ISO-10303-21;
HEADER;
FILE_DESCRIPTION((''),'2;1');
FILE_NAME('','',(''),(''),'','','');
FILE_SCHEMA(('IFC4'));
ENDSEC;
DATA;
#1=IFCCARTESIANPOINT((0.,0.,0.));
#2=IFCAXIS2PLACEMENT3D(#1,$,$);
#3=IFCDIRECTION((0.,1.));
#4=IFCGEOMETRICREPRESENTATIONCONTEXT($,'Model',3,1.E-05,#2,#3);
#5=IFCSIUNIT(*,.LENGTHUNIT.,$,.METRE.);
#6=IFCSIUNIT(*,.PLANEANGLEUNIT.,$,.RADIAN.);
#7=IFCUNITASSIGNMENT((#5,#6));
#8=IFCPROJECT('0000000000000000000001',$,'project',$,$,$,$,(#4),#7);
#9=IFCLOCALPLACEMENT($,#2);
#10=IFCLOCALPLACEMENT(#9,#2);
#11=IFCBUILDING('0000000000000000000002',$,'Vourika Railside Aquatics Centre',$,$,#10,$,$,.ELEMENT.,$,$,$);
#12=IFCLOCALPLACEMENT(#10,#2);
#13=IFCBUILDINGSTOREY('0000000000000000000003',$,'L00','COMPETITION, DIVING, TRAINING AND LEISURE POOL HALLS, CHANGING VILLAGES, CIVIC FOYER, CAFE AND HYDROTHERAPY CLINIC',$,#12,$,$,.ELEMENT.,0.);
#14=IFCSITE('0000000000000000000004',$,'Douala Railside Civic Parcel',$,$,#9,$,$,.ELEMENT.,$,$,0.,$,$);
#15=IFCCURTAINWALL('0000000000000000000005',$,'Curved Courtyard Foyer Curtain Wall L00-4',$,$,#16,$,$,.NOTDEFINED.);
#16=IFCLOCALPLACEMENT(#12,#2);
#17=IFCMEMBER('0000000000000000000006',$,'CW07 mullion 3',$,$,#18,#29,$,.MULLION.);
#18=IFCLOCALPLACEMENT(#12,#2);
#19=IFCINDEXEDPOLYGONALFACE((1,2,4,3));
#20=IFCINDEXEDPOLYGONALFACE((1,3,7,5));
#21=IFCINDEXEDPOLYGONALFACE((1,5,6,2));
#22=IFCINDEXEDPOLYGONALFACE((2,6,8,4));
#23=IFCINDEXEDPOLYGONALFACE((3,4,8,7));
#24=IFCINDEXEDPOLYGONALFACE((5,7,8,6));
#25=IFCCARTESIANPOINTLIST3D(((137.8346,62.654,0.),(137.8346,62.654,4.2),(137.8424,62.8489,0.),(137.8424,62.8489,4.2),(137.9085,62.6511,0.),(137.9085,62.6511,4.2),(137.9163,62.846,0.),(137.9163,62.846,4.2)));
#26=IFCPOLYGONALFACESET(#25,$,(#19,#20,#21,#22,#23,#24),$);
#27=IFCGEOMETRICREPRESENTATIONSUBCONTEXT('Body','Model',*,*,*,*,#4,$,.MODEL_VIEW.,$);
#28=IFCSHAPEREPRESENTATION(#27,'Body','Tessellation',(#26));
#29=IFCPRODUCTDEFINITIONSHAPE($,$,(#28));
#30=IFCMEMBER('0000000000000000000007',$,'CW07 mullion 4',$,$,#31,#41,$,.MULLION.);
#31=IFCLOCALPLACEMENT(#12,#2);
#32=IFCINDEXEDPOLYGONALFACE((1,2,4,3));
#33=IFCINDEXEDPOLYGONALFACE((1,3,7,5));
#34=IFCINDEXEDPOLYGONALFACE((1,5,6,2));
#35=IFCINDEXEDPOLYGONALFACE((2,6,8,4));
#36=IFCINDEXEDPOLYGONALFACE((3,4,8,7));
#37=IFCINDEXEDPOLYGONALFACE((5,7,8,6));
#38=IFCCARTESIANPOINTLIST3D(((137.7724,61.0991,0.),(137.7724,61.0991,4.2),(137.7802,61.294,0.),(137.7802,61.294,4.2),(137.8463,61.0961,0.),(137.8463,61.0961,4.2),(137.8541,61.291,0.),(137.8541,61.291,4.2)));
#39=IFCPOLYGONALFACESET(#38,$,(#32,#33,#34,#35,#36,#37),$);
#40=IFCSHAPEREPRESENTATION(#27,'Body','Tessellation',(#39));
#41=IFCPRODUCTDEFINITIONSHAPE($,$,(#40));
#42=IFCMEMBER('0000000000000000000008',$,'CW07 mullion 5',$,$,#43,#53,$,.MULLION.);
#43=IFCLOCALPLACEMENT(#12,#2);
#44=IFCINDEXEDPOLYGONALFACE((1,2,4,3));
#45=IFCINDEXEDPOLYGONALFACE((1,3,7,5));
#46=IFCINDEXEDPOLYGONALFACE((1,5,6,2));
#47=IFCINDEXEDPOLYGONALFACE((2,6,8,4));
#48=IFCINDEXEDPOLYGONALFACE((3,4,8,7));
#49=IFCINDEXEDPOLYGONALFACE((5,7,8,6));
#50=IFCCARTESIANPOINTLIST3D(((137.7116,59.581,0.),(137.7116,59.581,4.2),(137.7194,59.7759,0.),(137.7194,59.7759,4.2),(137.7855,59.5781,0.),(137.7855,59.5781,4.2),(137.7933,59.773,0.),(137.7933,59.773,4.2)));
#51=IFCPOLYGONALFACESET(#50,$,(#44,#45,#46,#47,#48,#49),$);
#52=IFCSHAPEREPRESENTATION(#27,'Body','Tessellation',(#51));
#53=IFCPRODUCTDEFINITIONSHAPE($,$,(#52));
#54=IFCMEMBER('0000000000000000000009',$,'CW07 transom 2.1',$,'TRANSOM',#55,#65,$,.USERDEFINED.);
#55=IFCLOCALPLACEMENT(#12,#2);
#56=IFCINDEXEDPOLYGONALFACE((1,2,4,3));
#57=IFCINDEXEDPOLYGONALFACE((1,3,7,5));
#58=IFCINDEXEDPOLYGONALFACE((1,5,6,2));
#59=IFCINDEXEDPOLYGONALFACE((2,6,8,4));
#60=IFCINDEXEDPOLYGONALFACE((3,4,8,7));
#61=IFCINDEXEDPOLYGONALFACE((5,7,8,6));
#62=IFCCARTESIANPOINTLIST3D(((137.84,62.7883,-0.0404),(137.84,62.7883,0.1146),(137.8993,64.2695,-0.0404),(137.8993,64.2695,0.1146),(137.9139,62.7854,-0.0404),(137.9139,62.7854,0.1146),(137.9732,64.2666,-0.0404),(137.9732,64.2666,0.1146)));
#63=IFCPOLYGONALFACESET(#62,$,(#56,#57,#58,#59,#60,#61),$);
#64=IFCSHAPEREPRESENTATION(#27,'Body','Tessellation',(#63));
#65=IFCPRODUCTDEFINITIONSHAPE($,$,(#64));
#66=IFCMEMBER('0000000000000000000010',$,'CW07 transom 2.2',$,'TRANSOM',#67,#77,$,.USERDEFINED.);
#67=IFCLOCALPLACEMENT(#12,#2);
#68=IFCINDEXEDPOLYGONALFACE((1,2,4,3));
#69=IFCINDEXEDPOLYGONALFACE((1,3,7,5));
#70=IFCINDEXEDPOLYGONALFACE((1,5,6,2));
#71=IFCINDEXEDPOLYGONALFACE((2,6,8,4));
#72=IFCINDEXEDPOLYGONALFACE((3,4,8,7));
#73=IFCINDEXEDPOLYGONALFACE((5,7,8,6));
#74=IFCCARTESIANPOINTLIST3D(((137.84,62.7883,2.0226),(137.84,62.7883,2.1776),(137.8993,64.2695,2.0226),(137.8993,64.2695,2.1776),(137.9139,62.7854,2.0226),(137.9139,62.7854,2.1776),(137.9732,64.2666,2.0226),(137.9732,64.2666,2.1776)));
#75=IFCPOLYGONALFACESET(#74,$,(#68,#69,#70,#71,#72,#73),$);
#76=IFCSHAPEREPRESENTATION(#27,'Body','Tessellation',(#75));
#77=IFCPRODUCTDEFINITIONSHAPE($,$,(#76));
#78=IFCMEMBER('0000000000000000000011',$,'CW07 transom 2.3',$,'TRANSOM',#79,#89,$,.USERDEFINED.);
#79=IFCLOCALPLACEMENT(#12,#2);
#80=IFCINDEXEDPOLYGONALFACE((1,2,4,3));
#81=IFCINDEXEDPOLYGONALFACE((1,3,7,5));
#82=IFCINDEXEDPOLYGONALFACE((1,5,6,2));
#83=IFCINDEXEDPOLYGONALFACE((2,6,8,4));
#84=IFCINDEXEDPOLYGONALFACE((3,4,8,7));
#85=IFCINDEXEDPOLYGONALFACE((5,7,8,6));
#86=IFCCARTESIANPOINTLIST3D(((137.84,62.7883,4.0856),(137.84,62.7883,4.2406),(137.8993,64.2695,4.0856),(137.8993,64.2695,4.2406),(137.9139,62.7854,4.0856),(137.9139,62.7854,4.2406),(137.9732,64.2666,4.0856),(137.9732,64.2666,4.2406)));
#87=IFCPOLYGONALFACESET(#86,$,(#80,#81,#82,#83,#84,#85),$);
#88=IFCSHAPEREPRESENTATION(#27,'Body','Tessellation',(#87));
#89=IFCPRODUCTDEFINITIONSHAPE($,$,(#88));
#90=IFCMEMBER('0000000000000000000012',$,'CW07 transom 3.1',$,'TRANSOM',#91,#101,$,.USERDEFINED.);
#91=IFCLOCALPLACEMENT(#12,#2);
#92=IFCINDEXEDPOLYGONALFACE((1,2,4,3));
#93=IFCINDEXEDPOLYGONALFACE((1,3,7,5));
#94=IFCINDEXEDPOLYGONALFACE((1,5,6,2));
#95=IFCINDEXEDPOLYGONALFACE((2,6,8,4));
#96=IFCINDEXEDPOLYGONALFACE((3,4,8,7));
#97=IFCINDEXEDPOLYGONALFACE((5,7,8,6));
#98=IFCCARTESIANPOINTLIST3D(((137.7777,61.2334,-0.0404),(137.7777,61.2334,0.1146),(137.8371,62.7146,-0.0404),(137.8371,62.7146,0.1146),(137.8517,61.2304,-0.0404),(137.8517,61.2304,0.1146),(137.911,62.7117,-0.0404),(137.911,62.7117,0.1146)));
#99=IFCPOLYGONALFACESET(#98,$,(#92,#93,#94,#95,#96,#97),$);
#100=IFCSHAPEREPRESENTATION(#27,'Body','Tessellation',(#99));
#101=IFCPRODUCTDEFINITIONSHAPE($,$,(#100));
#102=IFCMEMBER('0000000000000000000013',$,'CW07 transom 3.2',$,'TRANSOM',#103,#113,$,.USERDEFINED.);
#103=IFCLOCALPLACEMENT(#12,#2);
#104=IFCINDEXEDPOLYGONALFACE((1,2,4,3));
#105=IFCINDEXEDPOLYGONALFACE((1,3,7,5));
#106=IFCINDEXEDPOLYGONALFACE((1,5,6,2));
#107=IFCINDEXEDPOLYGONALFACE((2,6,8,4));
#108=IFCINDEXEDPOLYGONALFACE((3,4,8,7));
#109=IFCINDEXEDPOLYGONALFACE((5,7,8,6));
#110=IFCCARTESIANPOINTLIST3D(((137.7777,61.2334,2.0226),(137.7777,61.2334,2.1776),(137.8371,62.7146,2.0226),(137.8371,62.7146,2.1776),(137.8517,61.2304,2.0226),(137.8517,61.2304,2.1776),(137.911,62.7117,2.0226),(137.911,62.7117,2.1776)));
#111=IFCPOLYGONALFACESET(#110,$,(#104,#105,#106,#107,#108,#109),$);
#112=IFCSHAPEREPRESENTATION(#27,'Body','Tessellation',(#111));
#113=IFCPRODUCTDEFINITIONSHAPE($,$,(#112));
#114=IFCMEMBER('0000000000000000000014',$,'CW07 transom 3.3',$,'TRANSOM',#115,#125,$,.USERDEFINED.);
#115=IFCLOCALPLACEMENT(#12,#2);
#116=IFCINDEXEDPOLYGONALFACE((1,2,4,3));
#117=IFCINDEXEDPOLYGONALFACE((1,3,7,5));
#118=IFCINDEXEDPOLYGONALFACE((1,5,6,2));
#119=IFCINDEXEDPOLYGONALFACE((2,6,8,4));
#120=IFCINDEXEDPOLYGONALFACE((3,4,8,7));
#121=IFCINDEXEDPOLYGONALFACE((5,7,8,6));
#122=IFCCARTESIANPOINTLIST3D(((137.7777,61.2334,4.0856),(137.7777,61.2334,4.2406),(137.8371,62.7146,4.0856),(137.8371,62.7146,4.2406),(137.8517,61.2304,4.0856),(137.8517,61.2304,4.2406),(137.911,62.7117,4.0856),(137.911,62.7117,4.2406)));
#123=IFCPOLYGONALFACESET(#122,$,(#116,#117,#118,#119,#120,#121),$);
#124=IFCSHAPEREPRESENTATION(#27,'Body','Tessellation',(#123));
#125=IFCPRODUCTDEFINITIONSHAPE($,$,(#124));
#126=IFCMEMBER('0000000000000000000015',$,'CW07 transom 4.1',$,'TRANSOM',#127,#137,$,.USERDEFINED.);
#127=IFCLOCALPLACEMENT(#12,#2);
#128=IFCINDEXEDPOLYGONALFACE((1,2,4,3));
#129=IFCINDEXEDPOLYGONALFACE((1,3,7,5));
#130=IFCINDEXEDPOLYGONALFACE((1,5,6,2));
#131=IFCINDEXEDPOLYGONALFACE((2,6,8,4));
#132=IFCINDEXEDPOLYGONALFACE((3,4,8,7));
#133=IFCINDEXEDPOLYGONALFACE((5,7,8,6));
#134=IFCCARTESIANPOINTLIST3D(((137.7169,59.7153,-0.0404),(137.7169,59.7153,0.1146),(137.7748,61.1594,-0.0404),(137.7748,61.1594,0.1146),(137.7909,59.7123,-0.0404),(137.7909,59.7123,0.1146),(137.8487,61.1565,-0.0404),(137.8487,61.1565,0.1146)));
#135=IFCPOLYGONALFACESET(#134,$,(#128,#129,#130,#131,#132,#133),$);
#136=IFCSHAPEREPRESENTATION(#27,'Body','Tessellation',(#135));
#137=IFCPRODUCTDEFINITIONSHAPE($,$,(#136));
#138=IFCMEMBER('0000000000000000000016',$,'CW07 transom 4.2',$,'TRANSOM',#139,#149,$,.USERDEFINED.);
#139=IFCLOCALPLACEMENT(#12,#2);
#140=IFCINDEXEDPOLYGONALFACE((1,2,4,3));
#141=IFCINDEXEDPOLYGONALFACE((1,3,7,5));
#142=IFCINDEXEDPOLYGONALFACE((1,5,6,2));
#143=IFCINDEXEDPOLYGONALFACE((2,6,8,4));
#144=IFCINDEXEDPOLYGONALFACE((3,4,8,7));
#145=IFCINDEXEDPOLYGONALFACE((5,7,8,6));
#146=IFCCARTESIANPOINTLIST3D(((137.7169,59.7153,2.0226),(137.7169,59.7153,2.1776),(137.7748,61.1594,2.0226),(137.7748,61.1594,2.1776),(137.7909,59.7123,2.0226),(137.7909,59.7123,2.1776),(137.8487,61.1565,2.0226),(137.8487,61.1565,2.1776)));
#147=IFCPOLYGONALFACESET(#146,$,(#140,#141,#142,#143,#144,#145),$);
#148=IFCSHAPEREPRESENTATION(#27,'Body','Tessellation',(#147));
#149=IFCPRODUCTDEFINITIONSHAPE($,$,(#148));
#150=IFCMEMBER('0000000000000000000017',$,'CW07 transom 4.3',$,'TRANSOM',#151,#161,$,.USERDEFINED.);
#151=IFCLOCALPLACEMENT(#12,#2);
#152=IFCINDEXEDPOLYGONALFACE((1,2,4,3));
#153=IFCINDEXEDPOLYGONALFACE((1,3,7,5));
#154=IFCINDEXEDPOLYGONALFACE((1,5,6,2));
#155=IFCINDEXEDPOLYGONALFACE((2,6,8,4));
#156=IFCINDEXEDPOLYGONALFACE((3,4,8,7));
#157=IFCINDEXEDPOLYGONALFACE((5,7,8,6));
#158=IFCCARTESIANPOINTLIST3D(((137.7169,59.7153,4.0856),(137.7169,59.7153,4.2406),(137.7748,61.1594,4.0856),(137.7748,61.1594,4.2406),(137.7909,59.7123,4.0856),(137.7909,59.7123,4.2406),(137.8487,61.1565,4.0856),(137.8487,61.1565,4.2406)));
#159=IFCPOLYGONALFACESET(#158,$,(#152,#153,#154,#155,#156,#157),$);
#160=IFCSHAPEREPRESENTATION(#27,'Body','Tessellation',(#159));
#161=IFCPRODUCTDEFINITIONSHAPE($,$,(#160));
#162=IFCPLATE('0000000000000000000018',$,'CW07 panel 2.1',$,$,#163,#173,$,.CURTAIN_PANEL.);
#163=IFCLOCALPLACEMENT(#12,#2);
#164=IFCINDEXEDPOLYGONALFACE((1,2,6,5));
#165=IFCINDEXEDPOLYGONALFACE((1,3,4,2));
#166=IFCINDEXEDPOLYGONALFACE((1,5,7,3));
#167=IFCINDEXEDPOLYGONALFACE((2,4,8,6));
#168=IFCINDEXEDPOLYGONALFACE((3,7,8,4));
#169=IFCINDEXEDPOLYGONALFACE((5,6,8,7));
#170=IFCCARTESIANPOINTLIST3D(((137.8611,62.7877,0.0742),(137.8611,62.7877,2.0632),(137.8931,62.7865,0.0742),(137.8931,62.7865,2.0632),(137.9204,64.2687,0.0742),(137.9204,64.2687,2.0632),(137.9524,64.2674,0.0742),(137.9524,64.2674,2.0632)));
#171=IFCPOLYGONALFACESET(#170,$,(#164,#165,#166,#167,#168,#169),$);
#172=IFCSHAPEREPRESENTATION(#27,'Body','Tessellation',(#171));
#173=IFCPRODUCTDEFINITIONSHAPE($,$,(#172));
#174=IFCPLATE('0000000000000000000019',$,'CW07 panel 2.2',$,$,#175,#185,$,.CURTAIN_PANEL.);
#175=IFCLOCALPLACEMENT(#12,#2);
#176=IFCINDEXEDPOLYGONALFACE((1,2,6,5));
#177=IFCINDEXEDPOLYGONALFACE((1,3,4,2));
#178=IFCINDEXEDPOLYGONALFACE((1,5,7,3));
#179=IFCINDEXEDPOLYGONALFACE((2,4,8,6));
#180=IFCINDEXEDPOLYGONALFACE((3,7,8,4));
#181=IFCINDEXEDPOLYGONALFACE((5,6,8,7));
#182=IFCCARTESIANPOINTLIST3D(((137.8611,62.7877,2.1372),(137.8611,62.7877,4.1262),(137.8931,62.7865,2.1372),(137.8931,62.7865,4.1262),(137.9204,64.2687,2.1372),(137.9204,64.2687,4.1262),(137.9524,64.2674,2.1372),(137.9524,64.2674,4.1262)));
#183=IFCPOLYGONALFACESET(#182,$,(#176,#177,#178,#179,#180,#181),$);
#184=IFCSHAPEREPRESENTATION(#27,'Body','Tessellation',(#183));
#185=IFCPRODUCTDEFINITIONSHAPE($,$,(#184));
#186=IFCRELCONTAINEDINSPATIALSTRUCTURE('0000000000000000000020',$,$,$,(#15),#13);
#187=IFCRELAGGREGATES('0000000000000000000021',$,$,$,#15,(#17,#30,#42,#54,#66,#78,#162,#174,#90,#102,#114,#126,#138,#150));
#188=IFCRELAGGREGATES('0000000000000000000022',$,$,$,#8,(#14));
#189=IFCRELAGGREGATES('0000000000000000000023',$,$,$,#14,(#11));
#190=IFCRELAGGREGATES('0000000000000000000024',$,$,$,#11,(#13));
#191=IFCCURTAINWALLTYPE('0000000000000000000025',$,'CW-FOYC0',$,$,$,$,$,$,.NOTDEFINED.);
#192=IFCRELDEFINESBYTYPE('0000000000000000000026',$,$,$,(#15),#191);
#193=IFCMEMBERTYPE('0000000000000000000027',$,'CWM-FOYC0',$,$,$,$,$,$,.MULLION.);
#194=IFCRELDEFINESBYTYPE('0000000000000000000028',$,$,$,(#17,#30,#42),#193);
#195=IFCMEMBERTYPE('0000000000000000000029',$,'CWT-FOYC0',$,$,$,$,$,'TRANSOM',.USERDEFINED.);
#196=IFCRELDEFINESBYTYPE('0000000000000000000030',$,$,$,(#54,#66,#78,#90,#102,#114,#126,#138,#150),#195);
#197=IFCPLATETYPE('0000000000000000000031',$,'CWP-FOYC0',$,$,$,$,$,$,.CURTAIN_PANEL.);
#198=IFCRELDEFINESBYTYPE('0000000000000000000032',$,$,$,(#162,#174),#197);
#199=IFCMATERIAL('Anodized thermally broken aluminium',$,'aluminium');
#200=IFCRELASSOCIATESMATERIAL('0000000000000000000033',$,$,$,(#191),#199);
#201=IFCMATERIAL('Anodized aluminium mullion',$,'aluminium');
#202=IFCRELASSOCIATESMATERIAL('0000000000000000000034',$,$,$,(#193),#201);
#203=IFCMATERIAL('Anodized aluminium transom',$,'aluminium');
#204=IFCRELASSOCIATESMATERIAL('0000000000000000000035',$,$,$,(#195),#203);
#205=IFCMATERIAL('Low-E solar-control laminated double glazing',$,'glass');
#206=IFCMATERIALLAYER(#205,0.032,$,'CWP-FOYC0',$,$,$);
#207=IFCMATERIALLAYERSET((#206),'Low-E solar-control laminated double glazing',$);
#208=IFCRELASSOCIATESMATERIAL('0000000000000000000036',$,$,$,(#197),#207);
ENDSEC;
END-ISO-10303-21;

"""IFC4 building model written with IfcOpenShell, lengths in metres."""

from ifc_helpers import new_model, si_unit, direction, frame, origin, origin_2d, place, context, subcontext, project, spatial, rectangle, extrude, material, layer, layer_set, material_profile, profile_set, type_object, element, aggregate, save


model = new_model("IFC4")

# Units and contexts
model_context = context("Model", 3, precision=1e-05, world=origin(), true_north=direction((0.0, 1.0)))
body_context = subcontext(model_context, "Body", "Model", "MODEL_VIEW")
ifc_project = project(units=[si_unit("LENGTHUNIT", "METRE"), si_unit("PLANEANGLEUNIT", "RADIAN")], contexts=[model_context])

# Site, building, storey
site_placement = place(None, origin())
site = spatial("IfcSite", under=ifc_project, at=site_placement, Name="Douala Railside Civic Parcel", CompositionType="ELEMENT", RefElevation=0.0)
building_placement = place(site_placement, origin())
building = spatial("IfcBuilding", under=site, at=building_placement, Name="Vourika Railside Aquatics Centre", CompositionType="ELEMENT")
storey_placement = place(building_placement, origin())
storey = spatial("IfcBuildingStorey", under=building, at=storey_placement, Name="L00", Description="COMPETITION, DIVING, TRAINING AND LEISURE POOL HALLS, CHANGING VILLAGES, CIVIC FOYER, CAFE AND HYDROTHERAPY CLINIC", CompositionType="ELEMENT", Elevation=0.0)

# Curtain wall, members, plates
ifc_material_1 = material(Name="Anodized thermally broken aluminium", Category="aluminium")
curtain_wall_type = type_object("IfcCurtainWallType", Name="CW-FOYC0", PredefinedType="NOTDEFINED", material=ifc_material_1)
curtain_wall_placement = place(storey_placement, origin())
curtain_wall = element("IfcCurtainWall", 1, at=curtain_wall_placement, inside=storey, type_object=curtain_wall_type, Name="Curved Courtyard Foyer Curtain Wall L00-4", PredefinedType="NOTDEFINED")
ifc_material_2 = material(Name="Anodized aluminium mullion", Category="aluminium")
ifc_material_profile_1 = material_profile(ifc_material_2, rectangle(XDim=0.074, YDim=0.1951, at=origin_2d()), Name="ALU-M 74x195")
ifc_profile_set_1 = profile_set([ifc_material_profile_1], Name="Anodized aluminium mullion")
member_type_1 = type_object("IfcMemberType", Name="CWM-FOYC0", PredefinedType="MULLION", material=ifc_profile_set_1)
member_1_placement = place(storey_placement, frame((137.8755, 62.75, 0.0), z_axis=(0.0, 0.0, 1.0), x_axis=(0.9992, -0.04, 0.0)))
member_1 = element("IfcMember", 2, at=member_1_placement, type_object=member_type_1, Name="CW07 mullion 3", PredefinedType="MULLION", context=body_context, shape_type="SweptSolid", body=[
    extrude(rectangle(XDim=0.074, YDim=0.1951, at=origin_2d()), origin(), (0.0, 0.0, 1.0), 4.2),
])
member_2_placement = place(storey_placement, frame((137.8132, 61.1951, 0.0), z_axis=(0.0, 0.0, 1.0), x_axis=(0.9992, -0.04, 0.0)))
member_2 = element("IfcMember", 3, at=member_2_placement, type_object=member_type_1, Name="CW07 mullion 4", PredefinedType="MULLION", context=body_context, shape_type="SweptSolid", body=[
    extrude(rectangle(XDim=0.074, YDim=0.1951, at=origin_2d()), origin(), (0.0, 0.0, 1.0), 4.2),
])
member_3_placement = place(storey_placement, frame((137.7524, 59.677, 0.0), z_axis=(0.0, 0.0, 1.0), x_axis=(0.9992, -0.04, 0.0)))
member_3 = element("IfcMember", 4, at=member_3_placement, type_object=member_type_1, Name="CW07 mullion 5", PredefinedType="MULLION", context=body_context, shape_type="SweptSolid", body=[
    extrude(rectangle(XDim=0.074, YDim=0.1951, at=origin_2d()), origin(), (0.0, 0.0, 1.0), 4.2),
])
ifc_material_3 = material(Name="Anodized aluminium transom", Category="aluminium")
ifc_material_profile_2 = material_profile(ifc_material_3, rectangle(XDim=0.074, YDim=0.155, at=origin_2d()), Name="ALU-T 74x155")
ifc_profile_set_2 = profile_set([ifc_material_profile_2], Name="Anodized aluminium transom")
member_type_2 = type_object("IfcMemberType", Name="CWT-FOYC0", ElementType="TRANSOM", PredefinedType="USERDEFINED", material=ifc_profile_set_2)
member_4_placement = place(storey_placement, frame((137.9363, 64.2681, 0.0371), z_axis=(-0.040021, -0.999199, 0.0), x_axis=(0.999199, -0.040021, 0.0)))
member_4 = element("IfcMember", 5, at=member_4_placement, type_object=member_type_2, Name="CW07 transom 2.1", ObjectType="TRANSOM", PredefinedType="USERDEFINED", context=body_context, shape_type="SweptSolid", body=[
    extrude(rectangle(XDim=0.074, YDim=0.155, at=origin_2d()), origin(), (0.0, 0.0, 1.0), 1.4824),
])
member_5_placement = place(storey_placement, frame((137.9363, 64.2681, 2.1001), z_axis=(-0.040021, -0.999199, 0.0), x_axis=(0.999199, -0.040021, 0.0)))
member_5 = element("IfcMember", 6, at=member_5_placement, type_object=member_type_2, Name="CW07 transom 2.2", ObjectType="TRANSOM", PredefinedType="USERDEFINED", context=body_context, shape_type="SweptSolid", body=[
    extrude(rectangle(XDim=0.074, YDim=0.155, at=origin_2d()), origin(), (0.0, 0.0, 1.0), 1.4824),
])
member_6_placement = place(storey_placement, frame((137.9363, 64.2681, 4.1631), z_axis=(-0.040021, -0.999199, 0.0), x_axis=(0.999199, -0.040021, 0.0)))
member_6 = element("IfcMember", 7, at=member_6_placement, type_object=member_type_2, Name="CW07 transom 2.3", ObjectType="TRANSOM", PredefinedType="USERDEFINED", context=body_context, shape_type="SweptSolid", body=[
    extrude(rectangle(XDim=0.074, YDim=0.155, at=origin_2d()), origin(), (0.0, 0.0, 1.0), 1.4824),
])
member_7_placement = place(storey_placement, frame((137.874, 62.7131, 0.0371), z_axis=(-0.040021, -0.999199, 0.0), x_axis=(0.999199, -0.040021, 0.0)))
member_7 = element("IfcMember", 8, at=member_7_placement, type_object=member_type_2, Name="CW07 transom 3.1", ObjectType="TRANSOM", PredefinedType="USERDEFINED", context=body_context, shape_type="SweptSolid", body=[
    extrude(rectangle(XDim=0.074, YDim=0.155, at=origin_2d()), origin(), (0.0, 0.0, 1.0), 1.4824),
])
member_8_placement = place(storey_placement, frame((137.874, 62.7131, 2.1001), z_axis=(-0.040021, -0.999199, 0.0), x_axis=(0.999199, -0.040021, 0.0)))
member_8 = element("IfcMember", 9, at=member_8_placement, type_object=member_type_2, Name="CW07 transom 3.2", ObjectType="TRANSOM", PredefinedType="USERDEFINED", context=body_context, shape_type="SweptSolid", body=[
    extrude(rectangle(XDim=0.074, YDim=0.155, at=origin_2d()), origin(), (0.0, 0.0, 1.0), 1.4824),
])
member_9_placement = place(storey_placement, frame((137.874, 62.7131, 4.1631), z_axis=(-0.040021, -0.999199, 0.0), x_axis=(0.999199, -0.040021, 0.0)))
member_9 = element("IfcMember", 10, at=member_9_placement, type_object=member_type_2, Name="CW07 transom 3.3", ObjectType="TRANSOM", PredefinedType="USERDEFINED", context=body_context, shape_type="SweptSolid", body=[
    extrude(rectangle(XDim=0.074, YDim=0.155, at=origin_2d()), origin(), (0.0, 0.0, 1.0), 1.4824),
])
member_10_placement = place(storey_placement, frame((137.8118, 61.158, 0.0371), z_axis=(-0.040036, -0.999198, 0.0), x_axis=(0.999198, -0.040036, 0.0)))
member_10 = element("IfcMember", 11, at=member_10_placement, type_object=member_type_2, Name="CW07 transom 4.1", ObjectType="TRANSOM", PredefinedType="USERDEFINED", context=body_context, shape_type="SweptSolid", body=[
    extrude(rectangle(XDim=0.074, YDim=0.155, at=origin_2d()), origin(), (0.0, 0.0, 1.0), 1.4453),
])
member_11_placement = place(storey_placement, frame((137.8118, 61.158, 2.1001), z_axis=(-0.040036, -0.999198, 0.0), x_axis=(0.999198, -0.040036, 0.0)))
member_11 = element("IfcMember", 12, at=member_11_placement, type_object=member_type_2, Name="CW07 transom 4.2", ObjectType="TRANSOM", PredefinedType="USERDEFINED", context=body_context, shape_type="SweptSolid", body=[
    extrude(rectangle(XDim=0.074, YDim=0.155, at=origin_2d()), origin(), (0.0, 0.0, 1.0), 1.4453),
])
member_12_placement = place(storey_placement, frame((137.8118, 61.158, 4.1631), z_axis=(-0.040036, -0.999198, 0.0), x_axis=(0.999198, -0.040036, 0.0)))
member_12 = element("IfcMember", 13, at=member_12_placement, type_object=member_type_2, Name="CW07 transom 4.3", ObjectType="TRANSOM", PredefinedType="USERDEFINED", context=body_context, shape_type="SweptSolid", body=[
    extrude(rectangle(XDim=0.074, YDim=0.155, at=origin_2d()), origin(), (0.0, 0.0, 1.0), 1.4453),
])
ifc_material_4 = material(Name="Low-E solar-control laminated double glazing", Category="glass")
ifc_layer = layer(ifc_material_4, 0.032, Name="CWP-FOYC0")
ifc_layer_set = layer_set([ifc_layer], Name="Low-E solar-control laminated double glazing")
plate_type = type_object("IfcPlateType", Name="CWP-FOYC0", PredefinedType="CURTAIN_PANEL", material=ifc_layer_set)
plate_1_placement = place(storey_placement, frame((137.9067, 63.5276, 0.0742), z_axis=(0.0, 0.0, 1.0), x_axis=(-0.04, -0.9992, 0.0)))
plate_1 = element("IfcPlate", 14, at=plate_1_placement, type_object=plate_type, Name="CW07 panel 2.1", PredefinedType="CURTAIN_PANEL", context=body_context, shape_type="SweptSolid", body=[
    extrude(rectangle(XDim=1.4822, YDim=0.032, at=origin_2d()), origin(), (0.0, 0.0, 1.0), 1.989),
])
plate_2_placement = place(storey_placement, frame((137.9067, 63.5276, 2.1372), z_axis=(0.0, 0.0, 1.0), x_axis=(-0.04, -0.9992, 0.0)))
plate_2 = element("IfcPlate", 15, at=plate_2_placement, type_object=plate_type, Name="CW07 panel 2.2", PredefinedType="CURTAIN_PANEL", context=body_context, shape_type="SweptSolid", body=[
    extrude(rectangle(XDim=1.4822, YDim=0.032, at=origin_2d()), origin(), (0.0, 0.0, 1.0), 1.989),
])
aggregate(curtain_wall, [member_1, member_2, member_3, member_4, member_5, member_6, plate_1, plate_2, member_7, member_8, member_9, member_10, member_11, member_12])

save(model, "model.ifc")
